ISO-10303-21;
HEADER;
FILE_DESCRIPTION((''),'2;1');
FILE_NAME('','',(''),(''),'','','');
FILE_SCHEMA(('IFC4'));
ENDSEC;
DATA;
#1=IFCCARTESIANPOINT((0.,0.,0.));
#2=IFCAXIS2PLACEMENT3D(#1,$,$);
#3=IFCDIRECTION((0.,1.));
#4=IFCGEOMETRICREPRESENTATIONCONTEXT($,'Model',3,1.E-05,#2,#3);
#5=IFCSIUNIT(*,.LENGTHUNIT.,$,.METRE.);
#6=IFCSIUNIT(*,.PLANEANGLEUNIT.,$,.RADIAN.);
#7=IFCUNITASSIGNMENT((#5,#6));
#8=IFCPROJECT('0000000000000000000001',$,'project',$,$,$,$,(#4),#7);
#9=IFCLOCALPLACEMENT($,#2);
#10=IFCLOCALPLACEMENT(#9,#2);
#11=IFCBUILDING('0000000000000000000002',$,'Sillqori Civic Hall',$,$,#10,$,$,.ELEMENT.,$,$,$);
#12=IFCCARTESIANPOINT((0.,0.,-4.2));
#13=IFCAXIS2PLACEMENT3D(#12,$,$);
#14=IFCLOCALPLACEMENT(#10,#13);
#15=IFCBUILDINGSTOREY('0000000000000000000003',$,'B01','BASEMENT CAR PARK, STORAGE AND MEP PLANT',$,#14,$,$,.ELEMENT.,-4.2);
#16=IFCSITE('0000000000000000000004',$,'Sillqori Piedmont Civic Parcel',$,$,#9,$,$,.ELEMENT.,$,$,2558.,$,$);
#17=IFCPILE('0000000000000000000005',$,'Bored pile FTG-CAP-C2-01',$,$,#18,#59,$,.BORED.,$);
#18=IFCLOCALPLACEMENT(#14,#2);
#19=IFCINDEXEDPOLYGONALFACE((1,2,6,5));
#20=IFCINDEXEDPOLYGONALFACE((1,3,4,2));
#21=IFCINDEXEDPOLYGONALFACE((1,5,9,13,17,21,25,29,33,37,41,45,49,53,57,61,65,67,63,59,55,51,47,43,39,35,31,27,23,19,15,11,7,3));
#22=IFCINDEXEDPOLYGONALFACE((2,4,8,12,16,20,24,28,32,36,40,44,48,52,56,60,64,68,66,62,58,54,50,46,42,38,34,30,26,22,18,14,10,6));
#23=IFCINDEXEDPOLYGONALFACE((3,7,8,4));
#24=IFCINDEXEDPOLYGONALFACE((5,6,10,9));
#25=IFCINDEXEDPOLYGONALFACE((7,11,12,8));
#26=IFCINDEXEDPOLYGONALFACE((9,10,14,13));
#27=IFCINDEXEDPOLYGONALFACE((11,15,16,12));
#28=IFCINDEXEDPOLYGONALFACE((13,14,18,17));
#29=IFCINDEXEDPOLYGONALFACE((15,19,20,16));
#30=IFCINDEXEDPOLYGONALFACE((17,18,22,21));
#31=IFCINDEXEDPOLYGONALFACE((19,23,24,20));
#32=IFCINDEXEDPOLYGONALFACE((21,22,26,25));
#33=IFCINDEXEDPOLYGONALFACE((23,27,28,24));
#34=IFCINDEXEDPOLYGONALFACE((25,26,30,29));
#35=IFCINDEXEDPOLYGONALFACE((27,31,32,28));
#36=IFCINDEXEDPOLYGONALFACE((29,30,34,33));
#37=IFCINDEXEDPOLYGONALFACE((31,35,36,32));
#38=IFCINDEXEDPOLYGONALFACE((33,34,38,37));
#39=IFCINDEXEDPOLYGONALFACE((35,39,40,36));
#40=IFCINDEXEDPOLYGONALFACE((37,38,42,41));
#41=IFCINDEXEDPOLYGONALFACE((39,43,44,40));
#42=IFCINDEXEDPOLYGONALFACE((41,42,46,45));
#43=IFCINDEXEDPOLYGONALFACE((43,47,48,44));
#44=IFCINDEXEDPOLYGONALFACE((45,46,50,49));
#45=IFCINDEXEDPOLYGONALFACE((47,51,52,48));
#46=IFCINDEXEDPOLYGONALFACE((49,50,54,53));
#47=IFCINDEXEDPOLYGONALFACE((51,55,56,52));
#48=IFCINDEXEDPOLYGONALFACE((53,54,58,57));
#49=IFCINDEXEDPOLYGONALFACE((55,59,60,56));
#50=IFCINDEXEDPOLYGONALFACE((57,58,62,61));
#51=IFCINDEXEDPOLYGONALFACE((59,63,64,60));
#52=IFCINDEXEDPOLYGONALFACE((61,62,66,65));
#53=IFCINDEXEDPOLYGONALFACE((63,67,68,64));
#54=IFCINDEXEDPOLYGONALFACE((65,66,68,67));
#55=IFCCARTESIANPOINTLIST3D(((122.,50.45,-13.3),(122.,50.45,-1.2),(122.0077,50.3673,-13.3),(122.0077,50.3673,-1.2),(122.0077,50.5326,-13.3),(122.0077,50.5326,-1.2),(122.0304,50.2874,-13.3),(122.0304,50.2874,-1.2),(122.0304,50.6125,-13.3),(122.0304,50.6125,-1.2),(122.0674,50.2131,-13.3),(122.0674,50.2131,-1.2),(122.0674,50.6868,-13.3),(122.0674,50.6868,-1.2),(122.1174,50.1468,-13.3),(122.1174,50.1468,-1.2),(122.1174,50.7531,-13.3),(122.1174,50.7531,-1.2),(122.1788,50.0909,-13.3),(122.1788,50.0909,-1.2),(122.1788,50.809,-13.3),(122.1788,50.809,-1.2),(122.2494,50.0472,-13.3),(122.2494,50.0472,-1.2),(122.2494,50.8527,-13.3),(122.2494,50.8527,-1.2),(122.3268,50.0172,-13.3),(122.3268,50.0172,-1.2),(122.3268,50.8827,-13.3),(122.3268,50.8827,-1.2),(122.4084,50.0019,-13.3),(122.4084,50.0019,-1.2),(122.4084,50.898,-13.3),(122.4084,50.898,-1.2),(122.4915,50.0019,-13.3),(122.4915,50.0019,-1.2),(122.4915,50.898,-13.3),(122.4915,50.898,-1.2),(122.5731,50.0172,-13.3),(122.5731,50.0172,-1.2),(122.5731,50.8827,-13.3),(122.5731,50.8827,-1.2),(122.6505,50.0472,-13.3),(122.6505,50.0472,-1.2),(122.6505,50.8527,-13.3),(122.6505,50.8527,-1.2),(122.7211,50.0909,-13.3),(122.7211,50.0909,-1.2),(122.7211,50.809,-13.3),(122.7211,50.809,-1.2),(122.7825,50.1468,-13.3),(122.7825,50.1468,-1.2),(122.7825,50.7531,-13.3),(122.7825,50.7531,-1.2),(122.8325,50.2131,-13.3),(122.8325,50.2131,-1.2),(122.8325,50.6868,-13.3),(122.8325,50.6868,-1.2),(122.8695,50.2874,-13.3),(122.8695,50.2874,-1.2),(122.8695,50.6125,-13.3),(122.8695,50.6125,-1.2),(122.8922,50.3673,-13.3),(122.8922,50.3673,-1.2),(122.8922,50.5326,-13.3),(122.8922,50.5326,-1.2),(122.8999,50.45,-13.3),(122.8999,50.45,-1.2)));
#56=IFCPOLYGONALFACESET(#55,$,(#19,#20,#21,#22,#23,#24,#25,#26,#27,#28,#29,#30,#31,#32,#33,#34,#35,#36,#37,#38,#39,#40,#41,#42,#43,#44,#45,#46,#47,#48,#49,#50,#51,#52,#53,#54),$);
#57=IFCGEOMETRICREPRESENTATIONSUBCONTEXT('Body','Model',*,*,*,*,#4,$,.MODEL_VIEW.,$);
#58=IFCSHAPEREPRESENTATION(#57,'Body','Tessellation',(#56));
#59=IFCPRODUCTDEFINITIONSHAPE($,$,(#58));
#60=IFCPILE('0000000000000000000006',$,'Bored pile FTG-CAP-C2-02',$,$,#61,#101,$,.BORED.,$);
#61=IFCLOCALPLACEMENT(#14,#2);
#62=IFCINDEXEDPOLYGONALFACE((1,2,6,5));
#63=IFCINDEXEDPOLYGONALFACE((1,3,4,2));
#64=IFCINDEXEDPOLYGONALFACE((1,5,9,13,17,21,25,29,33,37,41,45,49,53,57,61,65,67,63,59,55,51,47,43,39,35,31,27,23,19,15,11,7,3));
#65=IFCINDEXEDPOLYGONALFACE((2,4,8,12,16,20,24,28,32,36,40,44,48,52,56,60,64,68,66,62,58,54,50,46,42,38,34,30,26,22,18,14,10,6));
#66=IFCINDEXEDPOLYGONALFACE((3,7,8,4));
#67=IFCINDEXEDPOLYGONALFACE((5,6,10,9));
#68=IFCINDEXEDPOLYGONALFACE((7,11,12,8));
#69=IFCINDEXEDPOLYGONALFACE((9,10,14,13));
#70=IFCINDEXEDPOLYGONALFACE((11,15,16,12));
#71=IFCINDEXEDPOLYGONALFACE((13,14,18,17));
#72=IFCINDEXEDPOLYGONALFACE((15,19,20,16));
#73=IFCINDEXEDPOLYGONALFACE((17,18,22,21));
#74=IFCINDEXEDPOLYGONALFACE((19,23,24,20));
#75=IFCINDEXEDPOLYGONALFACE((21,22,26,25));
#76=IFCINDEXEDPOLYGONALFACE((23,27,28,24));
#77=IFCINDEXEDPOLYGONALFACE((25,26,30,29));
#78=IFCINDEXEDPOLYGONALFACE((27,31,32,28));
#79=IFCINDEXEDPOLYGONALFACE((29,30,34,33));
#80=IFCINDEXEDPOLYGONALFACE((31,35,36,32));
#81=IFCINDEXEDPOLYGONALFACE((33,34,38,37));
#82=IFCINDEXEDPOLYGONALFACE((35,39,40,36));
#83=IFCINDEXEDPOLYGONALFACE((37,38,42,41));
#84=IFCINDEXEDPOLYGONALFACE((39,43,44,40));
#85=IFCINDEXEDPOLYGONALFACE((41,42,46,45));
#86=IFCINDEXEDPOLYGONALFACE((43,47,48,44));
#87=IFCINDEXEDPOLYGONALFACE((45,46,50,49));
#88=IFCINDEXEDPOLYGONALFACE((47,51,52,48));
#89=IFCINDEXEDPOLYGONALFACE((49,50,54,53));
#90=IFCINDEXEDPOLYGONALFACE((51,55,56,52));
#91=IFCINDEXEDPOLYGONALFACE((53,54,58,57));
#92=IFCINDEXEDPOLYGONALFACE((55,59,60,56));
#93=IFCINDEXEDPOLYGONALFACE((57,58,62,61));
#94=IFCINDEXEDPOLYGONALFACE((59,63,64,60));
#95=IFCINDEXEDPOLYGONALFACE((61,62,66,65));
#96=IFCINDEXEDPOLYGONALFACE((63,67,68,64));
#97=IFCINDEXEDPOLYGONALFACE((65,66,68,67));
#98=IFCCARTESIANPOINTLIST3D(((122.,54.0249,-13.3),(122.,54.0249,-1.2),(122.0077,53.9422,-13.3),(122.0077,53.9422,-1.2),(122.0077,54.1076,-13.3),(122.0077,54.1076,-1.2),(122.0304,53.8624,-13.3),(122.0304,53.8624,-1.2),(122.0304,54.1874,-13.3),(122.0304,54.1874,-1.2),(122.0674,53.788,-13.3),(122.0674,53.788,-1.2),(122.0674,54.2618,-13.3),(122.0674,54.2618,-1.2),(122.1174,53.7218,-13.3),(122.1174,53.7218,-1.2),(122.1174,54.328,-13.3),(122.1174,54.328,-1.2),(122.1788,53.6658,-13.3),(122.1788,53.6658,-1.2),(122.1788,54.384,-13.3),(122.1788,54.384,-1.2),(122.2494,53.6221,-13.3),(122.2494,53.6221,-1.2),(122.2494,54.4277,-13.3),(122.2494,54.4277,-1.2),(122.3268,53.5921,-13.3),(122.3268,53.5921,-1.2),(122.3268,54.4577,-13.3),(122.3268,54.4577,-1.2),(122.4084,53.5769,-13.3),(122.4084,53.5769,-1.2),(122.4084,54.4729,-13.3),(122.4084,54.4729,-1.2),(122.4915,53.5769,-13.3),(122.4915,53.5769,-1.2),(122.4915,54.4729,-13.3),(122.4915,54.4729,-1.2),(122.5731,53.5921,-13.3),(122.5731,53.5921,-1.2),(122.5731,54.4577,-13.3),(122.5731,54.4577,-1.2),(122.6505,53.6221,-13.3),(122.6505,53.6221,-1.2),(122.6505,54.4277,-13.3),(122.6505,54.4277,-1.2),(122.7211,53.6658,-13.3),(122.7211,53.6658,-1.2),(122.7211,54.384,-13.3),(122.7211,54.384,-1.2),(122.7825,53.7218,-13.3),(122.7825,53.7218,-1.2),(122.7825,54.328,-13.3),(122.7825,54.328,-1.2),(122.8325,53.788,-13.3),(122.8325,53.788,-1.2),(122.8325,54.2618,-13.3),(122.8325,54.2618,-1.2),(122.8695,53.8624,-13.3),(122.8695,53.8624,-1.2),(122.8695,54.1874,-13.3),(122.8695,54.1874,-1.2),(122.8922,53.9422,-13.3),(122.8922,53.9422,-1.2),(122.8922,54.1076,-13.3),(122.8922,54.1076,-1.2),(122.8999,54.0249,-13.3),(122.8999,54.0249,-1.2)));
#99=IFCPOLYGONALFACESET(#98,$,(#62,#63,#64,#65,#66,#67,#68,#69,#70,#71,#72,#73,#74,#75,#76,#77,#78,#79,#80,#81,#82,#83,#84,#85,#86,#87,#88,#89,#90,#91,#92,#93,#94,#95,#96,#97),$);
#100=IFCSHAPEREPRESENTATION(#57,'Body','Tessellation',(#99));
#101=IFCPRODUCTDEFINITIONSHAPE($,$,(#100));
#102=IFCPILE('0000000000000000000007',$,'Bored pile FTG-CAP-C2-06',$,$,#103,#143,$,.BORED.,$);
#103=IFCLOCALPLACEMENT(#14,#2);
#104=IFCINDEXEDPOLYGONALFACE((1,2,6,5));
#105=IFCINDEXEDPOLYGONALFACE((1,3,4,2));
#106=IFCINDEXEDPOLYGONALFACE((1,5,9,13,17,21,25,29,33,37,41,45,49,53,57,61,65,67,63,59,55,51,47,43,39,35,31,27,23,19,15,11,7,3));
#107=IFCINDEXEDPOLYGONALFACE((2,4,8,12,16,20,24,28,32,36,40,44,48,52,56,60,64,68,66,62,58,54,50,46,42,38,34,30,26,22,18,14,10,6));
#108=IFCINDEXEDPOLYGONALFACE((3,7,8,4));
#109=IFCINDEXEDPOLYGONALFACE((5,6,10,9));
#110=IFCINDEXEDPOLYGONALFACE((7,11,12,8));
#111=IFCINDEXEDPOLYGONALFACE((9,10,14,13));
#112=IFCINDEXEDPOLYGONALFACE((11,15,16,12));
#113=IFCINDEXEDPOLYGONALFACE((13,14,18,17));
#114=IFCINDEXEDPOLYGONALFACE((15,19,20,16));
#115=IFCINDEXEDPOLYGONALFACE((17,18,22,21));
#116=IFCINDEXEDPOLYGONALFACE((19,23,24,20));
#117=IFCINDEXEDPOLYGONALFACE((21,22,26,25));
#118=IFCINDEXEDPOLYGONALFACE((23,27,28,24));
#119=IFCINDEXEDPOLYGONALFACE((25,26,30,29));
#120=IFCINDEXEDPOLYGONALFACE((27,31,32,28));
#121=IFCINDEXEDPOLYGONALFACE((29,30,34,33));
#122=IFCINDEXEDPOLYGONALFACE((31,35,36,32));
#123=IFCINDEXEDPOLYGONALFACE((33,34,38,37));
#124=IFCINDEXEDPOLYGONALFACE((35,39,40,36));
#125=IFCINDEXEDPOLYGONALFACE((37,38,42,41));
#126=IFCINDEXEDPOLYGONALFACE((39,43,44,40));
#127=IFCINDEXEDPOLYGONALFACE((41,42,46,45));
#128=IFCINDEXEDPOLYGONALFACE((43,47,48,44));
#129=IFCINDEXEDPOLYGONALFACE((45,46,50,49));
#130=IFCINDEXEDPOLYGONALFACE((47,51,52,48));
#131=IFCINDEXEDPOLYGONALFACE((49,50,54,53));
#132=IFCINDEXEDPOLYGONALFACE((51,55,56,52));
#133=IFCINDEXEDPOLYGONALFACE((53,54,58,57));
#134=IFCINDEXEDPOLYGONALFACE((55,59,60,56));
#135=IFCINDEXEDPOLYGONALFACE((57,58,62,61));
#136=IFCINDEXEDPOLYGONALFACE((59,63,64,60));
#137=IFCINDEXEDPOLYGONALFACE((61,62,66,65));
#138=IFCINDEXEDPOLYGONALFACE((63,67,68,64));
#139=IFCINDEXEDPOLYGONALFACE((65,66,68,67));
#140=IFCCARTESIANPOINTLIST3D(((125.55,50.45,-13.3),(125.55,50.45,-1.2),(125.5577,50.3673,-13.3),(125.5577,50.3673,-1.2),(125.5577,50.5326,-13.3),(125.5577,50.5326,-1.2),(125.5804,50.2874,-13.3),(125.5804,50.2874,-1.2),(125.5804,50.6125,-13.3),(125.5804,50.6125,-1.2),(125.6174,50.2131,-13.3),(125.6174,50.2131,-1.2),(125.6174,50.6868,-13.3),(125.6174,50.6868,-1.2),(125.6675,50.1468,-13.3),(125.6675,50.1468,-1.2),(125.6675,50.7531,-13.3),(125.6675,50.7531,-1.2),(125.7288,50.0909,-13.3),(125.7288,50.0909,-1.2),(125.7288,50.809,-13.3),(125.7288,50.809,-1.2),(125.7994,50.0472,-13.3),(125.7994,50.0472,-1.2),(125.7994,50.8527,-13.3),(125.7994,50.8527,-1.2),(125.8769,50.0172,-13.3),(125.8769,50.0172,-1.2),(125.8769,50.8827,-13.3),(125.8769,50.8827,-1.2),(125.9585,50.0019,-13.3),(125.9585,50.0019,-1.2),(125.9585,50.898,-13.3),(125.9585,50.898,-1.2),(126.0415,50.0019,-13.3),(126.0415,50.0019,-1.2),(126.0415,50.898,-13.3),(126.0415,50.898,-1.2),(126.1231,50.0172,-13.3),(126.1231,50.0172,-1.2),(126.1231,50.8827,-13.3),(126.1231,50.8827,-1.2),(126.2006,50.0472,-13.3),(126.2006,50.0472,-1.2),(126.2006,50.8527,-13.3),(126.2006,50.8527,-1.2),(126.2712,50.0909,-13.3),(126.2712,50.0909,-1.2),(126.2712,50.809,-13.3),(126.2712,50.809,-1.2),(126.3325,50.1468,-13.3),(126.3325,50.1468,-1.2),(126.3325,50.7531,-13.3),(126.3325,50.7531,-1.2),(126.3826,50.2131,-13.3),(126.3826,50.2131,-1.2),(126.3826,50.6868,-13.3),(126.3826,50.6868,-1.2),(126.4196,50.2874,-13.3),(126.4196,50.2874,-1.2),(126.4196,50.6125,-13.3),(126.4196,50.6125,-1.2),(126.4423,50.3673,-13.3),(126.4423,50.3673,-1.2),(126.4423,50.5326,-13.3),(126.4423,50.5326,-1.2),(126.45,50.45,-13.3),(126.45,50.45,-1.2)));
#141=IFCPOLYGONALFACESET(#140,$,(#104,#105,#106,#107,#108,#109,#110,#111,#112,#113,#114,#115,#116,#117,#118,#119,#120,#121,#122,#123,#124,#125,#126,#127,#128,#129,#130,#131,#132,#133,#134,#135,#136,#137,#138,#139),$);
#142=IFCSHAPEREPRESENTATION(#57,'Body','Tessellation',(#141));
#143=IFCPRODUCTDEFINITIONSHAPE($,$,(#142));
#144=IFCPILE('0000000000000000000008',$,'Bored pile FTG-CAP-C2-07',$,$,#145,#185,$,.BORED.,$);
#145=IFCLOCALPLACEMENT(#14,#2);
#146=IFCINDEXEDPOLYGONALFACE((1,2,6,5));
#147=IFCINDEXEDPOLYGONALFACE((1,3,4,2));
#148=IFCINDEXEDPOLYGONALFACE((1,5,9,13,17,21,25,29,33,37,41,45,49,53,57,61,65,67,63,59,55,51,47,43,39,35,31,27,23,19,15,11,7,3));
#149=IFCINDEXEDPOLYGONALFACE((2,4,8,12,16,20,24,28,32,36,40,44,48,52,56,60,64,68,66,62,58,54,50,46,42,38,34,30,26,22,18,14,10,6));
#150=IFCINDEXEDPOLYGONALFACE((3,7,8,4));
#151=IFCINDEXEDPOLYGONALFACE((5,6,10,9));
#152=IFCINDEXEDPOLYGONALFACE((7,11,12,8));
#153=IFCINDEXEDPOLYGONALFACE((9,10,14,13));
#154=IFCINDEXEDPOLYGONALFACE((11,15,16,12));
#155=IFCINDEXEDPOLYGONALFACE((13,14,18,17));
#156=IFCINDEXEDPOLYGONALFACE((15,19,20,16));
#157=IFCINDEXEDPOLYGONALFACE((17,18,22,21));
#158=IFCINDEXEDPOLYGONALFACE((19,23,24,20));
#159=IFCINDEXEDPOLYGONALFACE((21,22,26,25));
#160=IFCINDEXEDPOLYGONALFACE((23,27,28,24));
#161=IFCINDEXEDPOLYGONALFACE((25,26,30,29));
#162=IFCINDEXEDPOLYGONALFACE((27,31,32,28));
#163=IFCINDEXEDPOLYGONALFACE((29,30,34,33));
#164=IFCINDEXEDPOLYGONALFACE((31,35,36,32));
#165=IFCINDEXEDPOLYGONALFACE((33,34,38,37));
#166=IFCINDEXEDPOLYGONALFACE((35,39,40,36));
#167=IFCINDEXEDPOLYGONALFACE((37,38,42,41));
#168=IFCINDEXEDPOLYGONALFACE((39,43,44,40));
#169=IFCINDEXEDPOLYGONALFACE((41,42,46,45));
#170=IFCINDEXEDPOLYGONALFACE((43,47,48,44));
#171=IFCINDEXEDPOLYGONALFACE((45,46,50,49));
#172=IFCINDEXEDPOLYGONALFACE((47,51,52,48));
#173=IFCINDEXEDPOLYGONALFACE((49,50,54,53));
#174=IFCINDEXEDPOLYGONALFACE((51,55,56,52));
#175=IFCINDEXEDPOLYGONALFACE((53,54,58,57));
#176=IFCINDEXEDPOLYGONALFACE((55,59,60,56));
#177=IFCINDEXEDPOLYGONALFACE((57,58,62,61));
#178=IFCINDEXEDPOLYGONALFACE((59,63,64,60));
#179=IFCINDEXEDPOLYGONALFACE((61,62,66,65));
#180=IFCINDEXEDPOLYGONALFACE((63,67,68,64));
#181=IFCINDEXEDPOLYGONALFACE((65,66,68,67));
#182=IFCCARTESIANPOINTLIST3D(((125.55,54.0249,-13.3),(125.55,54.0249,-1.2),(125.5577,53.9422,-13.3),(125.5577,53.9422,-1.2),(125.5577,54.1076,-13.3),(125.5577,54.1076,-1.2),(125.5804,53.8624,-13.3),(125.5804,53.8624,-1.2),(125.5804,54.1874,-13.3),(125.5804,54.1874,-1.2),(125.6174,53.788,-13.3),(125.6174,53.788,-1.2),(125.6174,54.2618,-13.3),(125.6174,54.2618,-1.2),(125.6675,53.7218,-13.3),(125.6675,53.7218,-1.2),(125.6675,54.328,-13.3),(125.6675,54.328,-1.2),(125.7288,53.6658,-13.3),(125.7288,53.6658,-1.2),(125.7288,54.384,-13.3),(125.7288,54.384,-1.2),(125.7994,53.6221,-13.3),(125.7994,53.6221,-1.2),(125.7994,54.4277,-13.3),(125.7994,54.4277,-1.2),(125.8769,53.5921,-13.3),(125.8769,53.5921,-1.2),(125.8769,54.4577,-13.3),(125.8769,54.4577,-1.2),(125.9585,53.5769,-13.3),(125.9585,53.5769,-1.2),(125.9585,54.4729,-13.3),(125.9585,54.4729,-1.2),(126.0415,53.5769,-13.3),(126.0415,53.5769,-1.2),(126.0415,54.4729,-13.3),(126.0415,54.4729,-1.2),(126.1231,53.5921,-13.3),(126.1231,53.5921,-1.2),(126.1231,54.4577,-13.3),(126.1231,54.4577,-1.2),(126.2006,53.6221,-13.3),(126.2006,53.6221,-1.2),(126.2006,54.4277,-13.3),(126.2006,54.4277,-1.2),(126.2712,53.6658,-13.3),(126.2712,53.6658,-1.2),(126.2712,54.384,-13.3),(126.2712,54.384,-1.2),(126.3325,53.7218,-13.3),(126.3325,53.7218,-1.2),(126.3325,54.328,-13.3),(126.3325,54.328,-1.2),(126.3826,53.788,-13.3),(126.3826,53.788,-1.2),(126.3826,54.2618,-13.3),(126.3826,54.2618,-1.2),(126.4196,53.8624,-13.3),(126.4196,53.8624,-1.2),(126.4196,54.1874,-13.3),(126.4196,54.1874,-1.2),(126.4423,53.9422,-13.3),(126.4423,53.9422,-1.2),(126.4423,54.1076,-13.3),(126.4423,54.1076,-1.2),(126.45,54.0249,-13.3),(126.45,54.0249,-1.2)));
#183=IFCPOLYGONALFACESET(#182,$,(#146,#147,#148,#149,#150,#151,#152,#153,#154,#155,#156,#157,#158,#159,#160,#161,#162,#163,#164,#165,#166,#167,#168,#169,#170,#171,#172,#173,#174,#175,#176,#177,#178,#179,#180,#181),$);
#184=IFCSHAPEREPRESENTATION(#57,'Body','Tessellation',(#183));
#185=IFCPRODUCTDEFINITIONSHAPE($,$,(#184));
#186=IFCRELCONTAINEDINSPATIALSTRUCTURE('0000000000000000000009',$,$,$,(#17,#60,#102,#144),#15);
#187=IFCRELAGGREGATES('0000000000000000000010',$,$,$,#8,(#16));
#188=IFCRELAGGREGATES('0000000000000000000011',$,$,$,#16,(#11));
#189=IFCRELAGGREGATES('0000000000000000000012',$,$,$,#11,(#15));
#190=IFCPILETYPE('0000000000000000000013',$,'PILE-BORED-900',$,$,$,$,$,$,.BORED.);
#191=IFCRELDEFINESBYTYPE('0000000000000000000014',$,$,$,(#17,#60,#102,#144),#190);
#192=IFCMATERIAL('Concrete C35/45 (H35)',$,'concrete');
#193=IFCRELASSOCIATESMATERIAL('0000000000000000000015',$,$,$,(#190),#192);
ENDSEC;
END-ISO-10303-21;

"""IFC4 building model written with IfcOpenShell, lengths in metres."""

from ifc_helpers import new_model, si_unit, direction, frame, origin, origin_2d, place, context, subcontext, project, spatial, circle, extrude, material, material_profile, profile_set, type_object, element, save


model = new_model("IFC4")

# Units and contexts
model_context = context("Model", 3, precision=1e-05, world=origin(), true_north=direction((0.0, 1.0)))
body_context = subcontext(model_context, "Body", "Model", "MODEL_VIEW")
ifc_project = project(units=[si_unit("LENGTHUNIT", "METRE"), si_unit("PLANEANGLEUNIT", "RADIAN")], contexts=[model_context])

# Site, building, storey
site_placement = place(None, origin())
site = spatial("IfcSite", under=ifc_project, at=site_placement, Name="Sillqori Piedmont Civic Parcel", CompositionType="ELEMENT", RefElevation=2558.0)
building_placement = place(site_placement, origin())
building = spatial("IfcBuilding", under=site, at=building_placement, Name="Sillqori Civic Hall", CompositionType="ELEMENT")
storey_placement = place(building_placement, frame((0.0, 0.0, -4.2)))
storey = spatial("IfcBuildingStorey", under=building, at=storey_placement, Name="B01", Description="BASEMENT CAR PARK, STORAGE AND MEP PLANT", CompositionType="ELEMENT", Elevation=-4.2)

# Piles
ifc_material_1 = material(Name="Concrete C35/45 (H35)", Category="concrete")
ifc_material_profile_1 = material_profile(ifc_material_1, circle(Radius=0.45, at=origin_2d()), Name="BORED PILE 900")
ifc_profile_set_1 = profile_set([ifc_material_profile_1], Name="Concrete C35/45 (H35)")
pile_type = type_object("IfcPileType", Name="PILE-BORED-900", PredefinedType="BORED", material=ifc_profile_set_1)
for number, where, z_axis, x_axis, name in (
    (1, (122.45, 50.45, -1.2), (0.0, 0.0, -1.0), (1.0, 0.0, 0.0), "Bored pile FTG-CAP-C2-01"),
    (2, (122.45, 54.0249, -1.2), (0.0, 0.0, -1.0), (1.0, 0.0, 0.0), "Bored pile FTG-CAP-C2-02"),
    (3, (126.0, 50.45, -1.2), (0.0, 0.0, -1.0), (1.0, 0.0, 0.0), "Bored pile FTG-CAP-C2-06"),
    (4, (126.0, 54.0249, -1.2), (0.0, 0.0, -1.0), (1.0, 0.0, 0.0), "Bored pile FTG-CAP-C2-07"),
):
    element("IfcPile", number, at=place(storey_placement, frame(where, z_axis=z_axis, x_axis=x_axis)), inside=storey, type_object=pile_type, Name=name, PredefinedType="BORED", context=body_context, shape_type="SweptSolid", body=[
        extrude(circle(Radius=0.45, at=origin_2d()), origin(), (0.0, 0.0, 1.0), 12.1001),
    ])

save(model, "model.ifc")
